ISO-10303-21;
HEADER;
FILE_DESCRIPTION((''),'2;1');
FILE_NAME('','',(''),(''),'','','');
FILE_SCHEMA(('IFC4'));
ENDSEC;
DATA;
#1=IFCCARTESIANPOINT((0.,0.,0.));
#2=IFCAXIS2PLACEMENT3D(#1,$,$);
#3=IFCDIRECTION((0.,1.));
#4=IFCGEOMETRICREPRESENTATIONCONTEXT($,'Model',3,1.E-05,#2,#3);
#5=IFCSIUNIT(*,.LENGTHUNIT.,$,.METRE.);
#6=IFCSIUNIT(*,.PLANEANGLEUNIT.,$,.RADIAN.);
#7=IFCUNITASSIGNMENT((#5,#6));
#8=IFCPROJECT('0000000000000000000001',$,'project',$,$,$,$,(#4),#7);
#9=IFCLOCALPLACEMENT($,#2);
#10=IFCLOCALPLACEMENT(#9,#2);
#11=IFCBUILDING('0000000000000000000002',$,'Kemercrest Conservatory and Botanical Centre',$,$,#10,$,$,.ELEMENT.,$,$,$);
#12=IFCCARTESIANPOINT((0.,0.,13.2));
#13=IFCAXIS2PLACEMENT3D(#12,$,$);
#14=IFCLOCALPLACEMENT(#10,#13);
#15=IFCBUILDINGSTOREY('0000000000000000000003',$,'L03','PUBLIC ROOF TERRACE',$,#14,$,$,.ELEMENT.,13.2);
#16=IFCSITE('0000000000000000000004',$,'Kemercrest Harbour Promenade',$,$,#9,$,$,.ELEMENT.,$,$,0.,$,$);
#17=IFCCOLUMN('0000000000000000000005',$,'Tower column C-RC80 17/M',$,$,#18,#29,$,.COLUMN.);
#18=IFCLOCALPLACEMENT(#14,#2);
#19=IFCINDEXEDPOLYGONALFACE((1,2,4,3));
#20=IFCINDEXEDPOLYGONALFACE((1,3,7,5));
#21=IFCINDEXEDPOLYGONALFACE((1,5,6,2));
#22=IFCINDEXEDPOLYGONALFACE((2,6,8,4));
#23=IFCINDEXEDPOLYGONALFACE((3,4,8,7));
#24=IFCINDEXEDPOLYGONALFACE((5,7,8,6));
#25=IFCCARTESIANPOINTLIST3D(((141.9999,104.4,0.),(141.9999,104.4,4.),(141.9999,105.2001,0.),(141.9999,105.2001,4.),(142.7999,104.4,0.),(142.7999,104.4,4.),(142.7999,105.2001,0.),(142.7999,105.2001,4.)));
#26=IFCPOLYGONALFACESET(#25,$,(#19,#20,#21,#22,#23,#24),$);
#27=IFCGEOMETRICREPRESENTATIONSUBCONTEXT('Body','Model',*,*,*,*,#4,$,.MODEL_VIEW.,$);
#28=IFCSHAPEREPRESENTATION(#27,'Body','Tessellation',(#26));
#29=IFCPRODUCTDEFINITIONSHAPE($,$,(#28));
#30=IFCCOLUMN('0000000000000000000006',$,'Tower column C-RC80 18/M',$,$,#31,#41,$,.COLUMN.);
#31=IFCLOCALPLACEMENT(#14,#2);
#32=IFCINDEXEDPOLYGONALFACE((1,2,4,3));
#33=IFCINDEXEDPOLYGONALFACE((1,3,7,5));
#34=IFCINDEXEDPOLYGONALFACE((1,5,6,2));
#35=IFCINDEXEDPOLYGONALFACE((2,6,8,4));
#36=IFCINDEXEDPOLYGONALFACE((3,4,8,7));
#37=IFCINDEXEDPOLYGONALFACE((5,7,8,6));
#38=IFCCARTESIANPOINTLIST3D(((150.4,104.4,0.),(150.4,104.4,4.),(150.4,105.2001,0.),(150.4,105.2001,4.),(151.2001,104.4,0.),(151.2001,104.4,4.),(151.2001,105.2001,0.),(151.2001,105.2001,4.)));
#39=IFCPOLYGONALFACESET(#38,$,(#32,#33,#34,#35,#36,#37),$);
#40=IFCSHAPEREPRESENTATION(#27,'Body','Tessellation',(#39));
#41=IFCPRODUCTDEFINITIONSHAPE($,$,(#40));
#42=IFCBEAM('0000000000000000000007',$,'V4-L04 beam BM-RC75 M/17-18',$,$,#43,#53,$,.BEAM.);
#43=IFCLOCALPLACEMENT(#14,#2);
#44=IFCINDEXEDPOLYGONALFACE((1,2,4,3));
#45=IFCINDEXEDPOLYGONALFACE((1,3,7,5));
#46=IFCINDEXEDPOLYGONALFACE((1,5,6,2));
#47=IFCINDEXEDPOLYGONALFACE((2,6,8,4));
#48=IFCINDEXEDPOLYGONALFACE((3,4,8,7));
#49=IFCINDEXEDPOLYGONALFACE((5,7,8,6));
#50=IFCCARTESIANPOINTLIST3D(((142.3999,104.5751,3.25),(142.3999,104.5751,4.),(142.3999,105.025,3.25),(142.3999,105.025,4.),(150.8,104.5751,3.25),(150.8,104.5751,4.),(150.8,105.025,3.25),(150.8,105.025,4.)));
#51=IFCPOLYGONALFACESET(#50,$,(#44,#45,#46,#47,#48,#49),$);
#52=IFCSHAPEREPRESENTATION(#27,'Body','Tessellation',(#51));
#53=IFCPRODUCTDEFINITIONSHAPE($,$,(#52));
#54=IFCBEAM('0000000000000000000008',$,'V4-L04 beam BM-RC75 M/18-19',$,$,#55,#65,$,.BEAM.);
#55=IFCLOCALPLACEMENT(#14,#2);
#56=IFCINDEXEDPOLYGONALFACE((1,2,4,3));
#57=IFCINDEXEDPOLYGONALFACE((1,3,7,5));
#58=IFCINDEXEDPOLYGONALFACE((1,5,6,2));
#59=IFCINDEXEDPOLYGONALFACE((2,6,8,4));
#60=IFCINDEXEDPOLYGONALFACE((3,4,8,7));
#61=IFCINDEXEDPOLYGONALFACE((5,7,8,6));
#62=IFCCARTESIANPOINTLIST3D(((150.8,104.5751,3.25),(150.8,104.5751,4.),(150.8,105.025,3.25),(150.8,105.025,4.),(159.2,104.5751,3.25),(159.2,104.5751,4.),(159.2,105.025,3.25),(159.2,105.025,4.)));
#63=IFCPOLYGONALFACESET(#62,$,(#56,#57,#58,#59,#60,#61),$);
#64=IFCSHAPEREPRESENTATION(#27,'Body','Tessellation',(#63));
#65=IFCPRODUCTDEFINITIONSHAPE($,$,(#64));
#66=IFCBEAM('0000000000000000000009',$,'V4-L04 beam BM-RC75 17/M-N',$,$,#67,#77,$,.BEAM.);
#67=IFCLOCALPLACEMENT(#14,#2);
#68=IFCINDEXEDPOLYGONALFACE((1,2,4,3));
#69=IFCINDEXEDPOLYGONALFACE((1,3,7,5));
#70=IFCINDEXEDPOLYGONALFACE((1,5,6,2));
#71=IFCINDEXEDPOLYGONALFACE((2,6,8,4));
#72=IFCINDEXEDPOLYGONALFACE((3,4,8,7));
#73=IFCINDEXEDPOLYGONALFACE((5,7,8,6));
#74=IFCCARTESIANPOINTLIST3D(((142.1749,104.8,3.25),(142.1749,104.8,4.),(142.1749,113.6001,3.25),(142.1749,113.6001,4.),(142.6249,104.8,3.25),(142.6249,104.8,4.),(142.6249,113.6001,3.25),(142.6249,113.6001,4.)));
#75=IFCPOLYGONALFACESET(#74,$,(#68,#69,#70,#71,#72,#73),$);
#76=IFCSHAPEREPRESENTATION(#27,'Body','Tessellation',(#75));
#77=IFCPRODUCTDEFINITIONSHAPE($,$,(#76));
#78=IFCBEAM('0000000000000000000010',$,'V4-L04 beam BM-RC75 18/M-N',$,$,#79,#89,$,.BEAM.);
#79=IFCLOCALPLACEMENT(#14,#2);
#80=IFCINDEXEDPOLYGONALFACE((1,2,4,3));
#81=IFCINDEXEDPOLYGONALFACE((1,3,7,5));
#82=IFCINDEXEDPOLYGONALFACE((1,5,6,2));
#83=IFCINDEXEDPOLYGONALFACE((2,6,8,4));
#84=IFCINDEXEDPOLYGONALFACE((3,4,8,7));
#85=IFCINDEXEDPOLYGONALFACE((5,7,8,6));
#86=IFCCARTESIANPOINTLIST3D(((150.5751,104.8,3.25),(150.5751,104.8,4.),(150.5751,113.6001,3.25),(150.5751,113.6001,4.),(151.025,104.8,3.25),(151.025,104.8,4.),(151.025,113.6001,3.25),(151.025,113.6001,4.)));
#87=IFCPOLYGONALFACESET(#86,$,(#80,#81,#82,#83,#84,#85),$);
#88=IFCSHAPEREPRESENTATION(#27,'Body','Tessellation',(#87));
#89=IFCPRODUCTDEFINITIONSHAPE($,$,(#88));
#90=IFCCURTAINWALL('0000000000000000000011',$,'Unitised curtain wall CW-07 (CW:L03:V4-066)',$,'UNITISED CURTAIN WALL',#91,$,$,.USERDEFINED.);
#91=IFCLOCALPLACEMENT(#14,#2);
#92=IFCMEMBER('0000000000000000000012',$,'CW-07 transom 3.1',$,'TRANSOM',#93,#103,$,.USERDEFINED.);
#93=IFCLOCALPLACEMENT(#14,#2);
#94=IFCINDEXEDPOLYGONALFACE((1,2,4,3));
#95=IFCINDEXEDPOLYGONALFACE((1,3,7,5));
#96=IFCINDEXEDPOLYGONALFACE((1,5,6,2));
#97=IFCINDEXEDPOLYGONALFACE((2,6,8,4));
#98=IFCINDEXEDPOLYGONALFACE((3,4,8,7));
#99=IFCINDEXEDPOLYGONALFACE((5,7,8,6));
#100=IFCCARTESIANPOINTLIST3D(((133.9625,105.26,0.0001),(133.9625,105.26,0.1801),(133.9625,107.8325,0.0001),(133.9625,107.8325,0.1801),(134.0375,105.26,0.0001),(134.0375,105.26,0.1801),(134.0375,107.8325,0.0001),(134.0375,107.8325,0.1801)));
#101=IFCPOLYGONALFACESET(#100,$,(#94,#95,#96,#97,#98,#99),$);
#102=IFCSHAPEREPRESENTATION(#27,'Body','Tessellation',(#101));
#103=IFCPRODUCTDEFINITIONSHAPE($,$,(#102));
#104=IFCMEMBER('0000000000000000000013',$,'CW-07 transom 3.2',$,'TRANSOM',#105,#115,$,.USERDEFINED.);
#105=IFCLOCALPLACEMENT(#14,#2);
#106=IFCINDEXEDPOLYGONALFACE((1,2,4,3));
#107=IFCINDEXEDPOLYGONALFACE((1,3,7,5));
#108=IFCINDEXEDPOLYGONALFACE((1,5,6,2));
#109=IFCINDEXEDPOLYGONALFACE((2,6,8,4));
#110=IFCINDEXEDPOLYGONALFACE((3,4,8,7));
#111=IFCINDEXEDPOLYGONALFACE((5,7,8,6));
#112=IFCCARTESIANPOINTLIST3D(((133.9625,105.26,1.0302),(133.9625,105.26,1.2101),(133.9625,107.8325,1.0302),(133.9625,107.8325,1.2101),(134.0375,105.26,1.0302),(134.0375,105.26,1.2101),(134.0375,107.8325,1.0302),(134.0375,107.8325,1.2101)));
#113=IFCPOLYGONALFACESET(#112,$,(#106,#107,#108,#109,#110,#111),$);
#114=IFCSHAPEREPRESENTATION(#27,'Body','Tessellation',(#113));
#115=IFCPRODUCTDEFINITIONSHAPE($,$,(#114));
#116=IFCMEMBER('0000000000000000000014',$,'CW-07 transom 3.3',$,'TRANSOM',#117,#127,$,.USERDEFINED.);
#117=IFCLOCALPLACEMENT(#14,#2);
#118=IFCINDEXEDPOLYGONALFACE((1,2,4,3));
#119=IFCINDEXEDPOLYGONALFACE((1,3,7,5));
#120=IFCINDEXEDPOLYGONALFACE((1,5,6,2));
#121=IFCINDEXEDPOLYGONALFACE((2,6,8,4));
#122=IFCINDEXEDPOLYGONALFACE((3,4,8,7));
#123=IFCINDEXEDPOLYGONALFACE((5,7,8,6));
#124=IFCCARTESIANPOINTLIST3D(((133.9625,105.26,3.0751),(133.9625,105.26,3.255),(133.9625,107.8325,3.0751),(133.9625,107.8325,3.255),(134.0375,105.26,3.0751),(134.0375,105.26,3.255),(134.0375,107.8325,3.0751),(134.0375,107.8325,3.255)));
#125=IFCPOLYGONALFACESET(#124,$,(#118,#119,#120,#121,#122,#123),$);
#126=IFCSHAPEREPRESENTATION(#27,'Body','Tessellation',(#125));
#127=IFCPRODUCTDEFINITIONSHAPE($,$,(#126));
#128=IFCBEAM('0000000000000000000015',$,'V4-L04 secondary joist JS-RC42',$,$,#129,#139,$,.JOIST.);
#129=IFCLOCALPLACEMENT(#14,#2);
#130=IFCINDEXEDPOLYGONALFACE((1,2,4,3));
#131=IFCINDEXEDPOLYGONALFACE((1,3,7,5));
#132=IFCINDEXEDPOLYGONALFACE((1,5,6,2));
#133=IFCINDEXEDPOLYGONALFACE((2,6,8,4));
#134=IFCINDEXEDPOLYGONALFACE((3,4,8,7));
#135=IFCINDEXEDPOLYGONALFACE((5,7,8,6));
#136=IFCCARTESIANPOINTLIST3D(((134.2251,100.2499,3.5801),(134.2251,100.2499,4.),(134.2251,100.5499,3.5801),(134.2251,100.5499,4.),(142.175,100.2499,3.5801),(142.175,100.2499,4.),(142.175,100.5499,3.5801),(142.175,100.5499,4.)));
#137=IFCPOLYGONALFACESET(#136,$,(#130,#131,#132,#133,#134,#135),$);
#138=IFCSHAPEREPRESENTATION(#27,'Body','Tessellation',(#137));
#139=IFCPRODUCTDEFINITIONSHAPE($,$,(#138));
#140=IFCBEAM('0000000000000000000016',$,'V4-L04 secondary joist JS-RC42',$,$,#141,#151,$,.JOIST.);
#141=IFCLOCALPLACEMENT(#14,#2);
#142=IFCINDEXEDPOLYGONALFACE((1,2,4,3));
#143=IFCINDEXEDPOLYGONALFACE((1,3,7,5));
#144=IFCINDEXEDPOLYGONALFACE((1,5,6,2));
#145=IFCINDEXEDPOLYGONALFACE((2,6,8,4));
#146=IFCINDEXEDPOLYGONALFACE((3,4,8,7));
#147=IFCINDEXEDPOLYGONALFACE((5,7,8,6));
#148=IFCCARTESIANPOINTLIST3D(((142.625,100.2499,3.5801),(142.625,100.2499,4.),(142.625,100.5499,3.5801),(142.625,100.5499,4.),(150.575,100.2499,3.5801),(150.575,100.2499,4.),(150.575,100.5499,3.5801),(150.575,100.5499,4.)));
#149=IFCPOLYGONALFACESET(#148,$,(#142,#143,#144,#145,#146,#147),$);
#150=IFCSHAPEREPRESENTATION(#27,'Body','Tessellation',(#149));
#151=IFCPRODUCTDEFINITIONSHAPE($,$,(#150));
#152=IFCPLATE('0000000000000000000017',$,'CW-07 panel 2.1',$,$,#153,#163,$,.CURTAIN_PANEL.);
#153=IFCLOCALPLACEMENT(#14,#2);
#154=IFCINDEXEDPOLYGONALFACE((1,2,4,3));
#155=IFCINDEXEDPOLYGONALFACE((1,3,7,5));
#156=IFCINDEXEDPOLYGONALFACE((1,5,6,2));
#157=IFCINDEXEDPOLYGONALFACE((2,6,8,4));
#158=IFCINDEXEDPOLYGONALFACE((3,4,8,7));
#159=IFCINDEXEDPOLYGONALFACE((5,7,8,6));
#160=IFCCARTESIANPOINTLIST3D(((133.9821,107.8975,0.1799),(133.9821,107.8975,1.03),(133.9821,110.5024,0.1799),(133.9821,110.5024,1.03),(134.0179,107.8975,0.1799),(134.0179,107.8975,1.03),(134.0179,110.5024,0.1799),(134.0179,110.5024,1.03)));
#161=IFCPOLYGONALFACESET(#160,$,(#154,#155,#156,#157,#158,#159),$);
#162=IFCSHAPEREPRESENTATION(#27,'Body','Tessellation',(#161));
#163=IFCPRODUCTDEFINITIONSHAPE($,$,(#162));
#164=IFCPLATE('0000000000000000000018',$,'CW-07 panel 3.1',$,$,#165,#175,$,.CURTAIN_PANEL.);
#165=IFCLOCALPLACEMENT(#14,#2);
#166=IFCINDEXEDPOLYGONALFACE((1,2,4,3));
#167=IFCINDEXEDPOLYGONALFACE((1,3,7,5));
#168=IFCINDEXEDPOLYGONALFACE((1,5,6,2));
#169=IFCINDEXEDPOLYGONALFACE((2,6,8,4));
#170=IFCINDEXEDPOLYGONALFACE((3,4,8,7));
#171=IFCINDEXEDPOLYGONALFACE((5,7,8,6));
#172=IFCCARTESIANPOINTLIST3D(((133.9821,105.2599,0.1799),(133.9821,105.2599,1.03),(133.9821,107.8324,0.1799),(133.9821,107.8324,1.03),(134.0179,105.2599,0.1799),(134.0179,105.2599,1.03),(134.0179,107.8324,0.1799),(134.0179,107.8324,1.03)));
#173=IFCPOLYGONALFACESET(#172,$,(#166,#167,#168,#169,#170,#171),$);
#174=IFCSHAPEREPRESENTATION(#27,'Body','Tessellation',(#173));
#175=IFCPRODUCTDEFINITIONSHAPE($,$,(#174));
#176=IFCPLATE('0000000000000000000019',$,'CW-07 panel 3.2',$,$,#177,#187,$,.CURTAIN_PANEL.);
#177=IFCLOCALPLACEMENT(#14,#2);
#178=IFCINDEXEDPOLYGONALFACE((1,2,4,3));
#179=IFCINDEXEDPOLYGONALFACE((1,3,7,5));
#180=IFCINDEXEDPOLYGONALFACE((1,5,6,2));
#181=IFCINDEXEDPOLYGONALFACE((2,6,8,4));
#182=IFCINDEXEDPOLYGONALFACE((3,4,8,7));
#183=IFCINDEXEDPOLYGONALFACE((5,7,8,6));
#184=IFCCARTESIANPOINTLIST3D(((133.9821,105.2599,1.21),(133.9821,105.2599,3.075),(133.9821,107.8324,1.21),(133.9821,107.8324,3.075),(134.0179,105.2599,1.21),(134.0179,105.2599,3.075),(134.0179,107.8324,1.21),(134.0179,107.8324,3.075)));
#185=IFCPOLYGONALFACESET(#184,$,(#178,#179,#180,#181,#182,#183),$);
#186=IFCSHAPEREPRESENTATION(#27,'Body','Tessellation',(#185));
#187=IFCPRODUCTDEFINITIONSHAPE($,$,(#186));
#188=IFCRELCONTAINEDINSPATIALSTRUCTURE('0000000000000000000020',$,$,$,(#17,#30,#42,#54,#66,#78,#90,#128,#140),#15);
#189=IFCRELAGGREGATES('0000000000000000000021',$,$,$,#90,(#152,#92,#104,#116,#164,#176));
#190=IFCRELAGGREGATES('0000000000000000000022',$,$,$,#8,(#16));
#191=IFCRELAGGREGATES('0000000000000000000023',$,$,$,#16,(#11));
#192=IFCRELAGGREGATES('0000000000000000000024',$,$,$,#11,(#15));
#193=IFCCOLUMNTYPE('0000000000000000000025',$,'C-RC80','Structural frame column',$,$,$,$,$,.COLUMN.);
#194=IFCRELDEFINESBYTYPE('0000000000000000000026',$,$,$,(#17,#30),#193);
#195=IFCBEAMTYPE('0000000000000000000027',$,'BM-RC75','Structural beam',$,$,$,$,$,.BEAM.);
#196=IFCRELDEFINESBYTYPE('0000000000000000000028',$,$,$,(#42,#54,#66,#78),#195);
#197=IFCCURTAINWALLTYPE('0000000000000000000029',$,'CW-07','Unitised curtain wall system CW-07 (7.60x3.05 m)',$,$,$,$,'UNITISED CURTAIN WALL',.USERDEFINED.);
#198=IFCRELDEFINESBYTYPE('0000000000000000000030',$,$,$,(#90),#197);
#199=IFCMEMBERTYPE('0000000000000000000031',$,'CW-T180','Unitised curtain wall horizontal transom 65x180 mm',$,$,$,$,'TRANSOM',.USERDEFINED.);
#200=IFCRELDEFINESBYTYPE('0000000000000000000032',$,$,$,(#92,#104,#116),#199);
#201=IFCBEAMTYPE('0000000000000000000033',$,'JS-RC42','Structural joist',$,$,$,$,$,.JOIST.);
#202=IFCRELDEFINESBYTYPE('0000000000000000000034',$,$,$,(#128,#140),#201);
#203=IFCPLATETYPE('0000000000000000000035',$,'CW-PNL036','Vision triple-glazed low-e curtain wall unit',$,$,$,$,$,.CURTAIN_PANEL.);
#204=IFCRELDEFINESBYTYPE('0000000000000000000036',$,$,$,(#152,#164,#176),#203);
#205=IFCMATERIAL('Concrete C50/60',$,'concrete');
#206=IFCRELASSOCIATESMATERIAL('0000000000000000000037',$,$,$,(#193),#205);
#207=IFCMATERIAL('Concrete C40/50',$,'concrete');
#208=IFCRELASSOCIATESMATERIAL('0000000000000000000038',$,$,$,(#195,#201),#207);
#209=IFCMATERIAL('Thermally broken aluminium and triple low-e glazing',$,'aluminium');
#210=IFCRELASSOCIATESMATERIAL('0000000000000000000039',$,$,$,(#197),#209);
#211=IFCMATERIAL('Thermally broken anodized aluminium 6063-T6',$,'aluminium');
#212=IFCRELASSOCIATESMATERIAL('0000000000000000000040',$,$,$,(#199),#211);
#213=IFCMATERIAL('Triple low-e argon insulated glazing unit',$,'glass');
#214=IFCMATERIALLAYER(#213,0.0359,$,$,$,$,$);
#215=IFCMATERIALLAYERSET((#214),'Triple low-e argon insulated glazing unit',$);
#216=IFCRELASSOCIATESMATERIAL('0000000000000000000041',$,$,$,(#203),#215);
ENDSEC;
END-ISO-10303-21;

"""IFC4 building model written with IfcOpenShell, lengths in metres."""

from ifc_helpers import new_model, si_unit, direction, frame, origin, origin_2d, place, context, subcontext, project, spatial, rectangle, extrude, material, layer, layer_set, material_profile, profile_set, type_object, element, aggregate, save


model = new_model("IFC4")

# Units and contexts
model_context = context("Model", 3, precision=1e-05, world=origin(), true_north=direction((0.0, 1.0)))
body_context = subcontext(model_context, "Body", "Model", "MODEL_VIEW")
ifc_project = project(units=[si_unit("LENGTHUNIT", "METRE"), si_unit("PLANEANGLEUNIT", "RADIAN")], contexts=[model_context])

# Site, building, storey
site_placement = place(None, origin())
site = spatial("IfcSite", under=ifc_project, at=site_placement, Name="Kemercrest Harbour Promenade", CompositionType="ELEMENT", RefElevation=0.0)
building_placement = place(site_placement, origin())
building = spatial("IfcBuilding", under=site, at=building_placement, Name="Kemercrest Conservatory and Botanical Centre", CompositionType="ELEMENT")
storey_placement = place(building_placement, frame((0.0, 0.0, 13.2)))
storey = spatial("IfcBuildingStorey", under=building, at=storey_placement, Name="L03", Description="PUBLIC ROOF TERRACE", CompositionType="ELEMENT", Elevation=13.2)

# Columns
ifc_material_1 = material(Name="Concrete C50/60", Category="concrete")
ifc_material_profile_1 = material_profile(ifc_material_1, rectangle(XDim=0.8, YDim=0.8, at=origin_2d()), Name="RC 800x800")
ifc_profile_set_1 = profile_set([ifc_material_profile_1], Name="Concrete C50/60")
column_type = type_object("IfcColumnType", Name="C-RC80", Description="Structural frame column", PredefinedType="COLUMN", material=ifc_profile_set_1)
for number, where, z_axis, x_axis, name in (
    (1, (142.3999, 104.8, 0.0), (0.0, 0.0, 1.0), (1.0, 0.0, 0.0), "Tower column C-RC80 17/M"),
    (2, (150.8, 104.8, 0.0), (0.0, 0.0, 1.0), (1.0, 0.0, 0.0), "Tower column C-RC80 18/M"),
):
    element("IfcColumn", number, at=place(storey_placement, frame(where, z_axis=z_axis, x_axis=x_axis)), inside=storey, type_object=column_type, Name=name, PredefinedType="COLUMN", context=body_context, shape_type="SweptSolid", body=[
        extrude(rectangle(XDim=0.8, YDim=0.8, at=origin_2d()), origin(), (0.0, 0.0, 1.0), 4.0),
    ])

# Beams
ifc_material_2 = material(Name="Concrete C40/50", Category="concrete")
ifc_material_profile_2 = material_profile(ifc_material_2, rectangle(XDim=0.45, YDim=0.75, at=origin_2d()), Name="RC 450x750")
ifc_profile_set_2 = profile_set([ifc_material_profile_2], Name="Concrete C40/50")
beam_type_1 = type_object("IfcBeamType", Name="BM-RC75", Description="Structural beam", PredefinedType="BEAM", material=ifc_profile_set_2)
beam_1_placement = place(storey_placement, frame((142.3999, 104.8, 3.625), z_axis=(1.0, 0.0, 0.0), x_axis=(0.0, 1.0, 0.0)))
element("IfcBeam", 3, at=beam_1_placement, inside=storey, type_object=beam_type_1, Name="V4-L04 beam BM-RC75 M/17-18", PredefinedType="BEAM", context=body_context, shape_type="SweptSolid", body=[
    extrude(rectangle(XDim=0.45, YDim=0.75, at=origin_2d()), origin(), (0.0, 0.0, 1.0), 8.4001),
])
beam_2_placement = place(storey_placement, frame((150.8, 104.8, 3.625), z_axis=(1.0, 0.0, 0.0), x_axis=(0.0, 1.0, 0.0)))
element("IfcBeam", 4, at=beam_2_placement, inside=storey, type_object=beam_type_1, Name="V4-L04 beam BM-RC75 M/18-19", PredefinedType="BEAM", context=body_context, shape_type="SweptSolid", body=[
    extrude(rectangle(XDim=0.45, YDim=0.75, at=origin_2d()), origin(), (0.0, 0.0, 1.0), 8.3999),
])
for number, where, z_axis, x_axis, name in (
    (5, (142.3999, 104.8, 3.625), (0.0, 1.0, 0.0), (-1.0, 0.0, 0.0), "V4-L04 beam BM-RC75 17/M-N"),
    (6, (150.8, 104.8, 3.625), (0.0, 1.0, 0.0), (-1.0, 0.0, 0.0), "V4-L04 beam BM-RC75 18/M-N"),
):
    element("IfcBeam", number, at=place(storey_placement, frame(where, z_axis=z_axis, x_axis=x_axis)), inside=storey, type_object=beam_type_1, Name=name, PredefinedType="BEAM", context=body_context, shape_type="SweptSolid", body=[
        extrude(rectangle(XDim=0.45, YDim=0.75, at=origin_2d()), origin(), (0.0, 0.0, 1.0), 8.8),
    ])

# Curtain wall, members
ifc_material_3 = material(Name="Thermally broken aluminium and triple low-e glazing", Category="aluminium")
curtain_wall_type = type_object("IfcCurtainWallType", Name="CW-07", Description="Unitised curtain wall system CW-07 (7.60x3.05 m)", ElementType="UNITISED CURTAIN WALL", PredefinedType="USERDEFINED", material=ifc_material_3)
curtain_wall_placement = place(storey_placement, origin())
curtain_wall = element("IfcCurtainWall", 7, at=curtain_wall_placement, inside=storey, type_object=curtain_wall_type, Name="Unitised curtain wall CW-07 (CW:L03:V4-066)", ObjectType="UNITISED CURTAIN WALL", PredefinedType="USERDEFINED")
ifc_material_4 = material(Name="Thermally broken anodized aluminium 6063-T6", Category="aluminium")
ifc_material_profile_3 = material_profile(ifc_material_4, rectangle(XDim=0.075, YDim=0.1799, at=origin_2d()), Name="AL TRANSOM 75x180")
ifc_profile_set_3 = profile_set([ifc_material_profile_3], Name="Thermally broken anodized aluminium 6063-T6")
member_type = type_object("IfcMemberType", Name="CW-T180", Description="Unitised curtain wall horizontal transom 65x180 mm", ElementType="TRANSOM", PredefinedType="USERDEFINED", material=ifc_profile_set_3)
member_1_placement = place(storey_placement, frame((134.0, 107.8325, 0.0901), z_axis=(0.0, -1.0, 0.0), x_axis=(1.0, 0.0, 0.0)))
member_1 = element("IfcMember", 8, at=member_1_placement, type_object=member_type, Name="CW-07 transom 3.1", ObjectType="TRANSOM", PredefinedType="USERDEFINED", context=body_context, shape_type="SweptSolid", body=[
    extrude(rectangle(XDim=0.075, YDim=0.1799, at=origin_2d()), origin(), (0.0, 0.0, 1.0), 2.5725),
])
member_2_placement = place(storey_placement, frame((134.0, 107.8325, 1.1201), z_axis=(0.0, -1.0, 0.0), x_axis=(1.0, 0.0, 0.0)))
member_2 = element("IfcMember", 9, at=member_2_placement, type_object=member_type, Name="CW-07 transom 3.2", ObjectType="TRANSOM", PredefinedType="USERDEFINED", context=body_context, shape_type="SweptSolid", body=[
    extrude(rectangle(XDim=0.075, YDim=0.1799, at=origin_2d()), origin(), (0.0, 0.0, 1.0), 2.5725),
])
member_3_placement = place(storey_placement, frame((134.0, 107.8325, 3.165), z_axis=(0.0, -1.0, 0.0), x_axis=(1.0, 0.0, 0.0)))
member_3 = element("IfcMember", 10, at=member_3_placement, type_object=member_type, Name="CW-07 transom 3.3", ObjectType="TRANSOM", PredefinedType="USERDEFINED", context=body_context, shape_type="SweptSolid", body=[
    extrude(rectangle(XDim=0.075, YDim=0.1799, at=origin_2d()), origin(), (0.0, 0.0, 1.0), 2.5725),
])

# Beams
ifc_material_profile_4 = material_profile(ifc_material_2, rectangle(XDim=0.3, YDim=0.4199, at=origin_2d()), Name="RC 300x420")
ifc_profile_set_4 = profile_set([ifc_material_profile_4], Name="Concrete C40/50")
beam_type_2 = type_object("IfcBeamType", Name="JS-RC42", Description="Structural joist", PredefinedType="JOIST", material=ifc_profile_set_4)
for number, where, z_axis, x_axis, name in (
    (11, (134.2251, 100.3999, 3.79), (1.0, 0.0, 0.0), (0.0, 1.0, 0.0), "V4-L04 secondary joist JS-RC42"),
    (12, (142.625, 100.3999, 3.79), (1.0, 0.0, 0.0), (0.0, 1.0, 0.0), "V4-L04 secondary joist JS-RC42"),
):
    element("IfcBeam", number, at=place(storey_placement, frame(where, z_axis=z_axis, x_axis=x_axis)), inside=storey, type_object=beam_type_2, Name=name, PredefinedType="JOIST", context=body_context, shape_type="SweptSolid", body=[
        extrude(rectangle(XDim=0.3, YDim=0.4199, at=origin_2d()), origin(), (0.0, 0.0, 1.0), 7.95),
    ])

# Plates
ifc_material_5 = material(Name="Triple low-e argon insulated glazing unit", Category="glass")
ifc_layer_1 = layer(ifc_material_5, 0.0359)
ifc_layer_set_1 = layer_set([ifc_layer_1], Name="Triple low-e argon insulated glazing unit")
plate_type = type_object("IfcPlateType", Name="CW-PNL036", Description="Vision triple-glazed low-e curtain wall unit", PredefinedType="CURTAIN_PANEL", material=ifc_layer_set_1)
plate_1_placement = place(storey_placement, frame((134.0, 109.2, 0.1799), z_axis=(0.0, 0.0, 1.0), x_axis=(0.0, -1.0, 0.0)))
plate_1 = element("IfcPlate", 13, at=plate_1_placement, type_object=plate_type, Name="CW-07 panel 2.1", PredefinedType="CURTAIN_PANEL", context=body_context, shape_type="SweptSolid", body=[
    extrude(rectangle(XDim=2.605, YDim=0.0359, at=origin_2d()), origin(), (0.0, 0.0, 1.0), 0.8501),
])
plate_2_placement = place(storey_placement, frame((134.0, 106.5461, 0.1799), z_axis=(0.0, 0.0, 1.0), x_axis=(0.0, -1.0, 0.0)))
plate_2 = element("IfcPlate", 14, at=plate_2_placement, type_object=plate_type, Name="CW-07 panel 3.1", PredefinedType="CURTAIN_PANEL", context=body_context, shape_type="SweptSolid", body=[
    extrude(rectangle(XDim=2.5725, YDim=0.0359, at=origin_2d()), origin(), (0.0, 0.0, 1.0), 0.8501),
])
plate_3_placement = place(storey_placement, frame((134.0, 106.5461, 1.21), z_axis=(0.0, 0.0, 1.0), x_axis=(0.0, -1.0, 0.0)))
plate_3 = element("IfcPlate", 15, at=plate_3_placement, type_object=plate_type, Name="CW-07 panel 3.2", PredefinedType="CURTAIN_PANEL", context=body_context, shape_type="SweptSolid", body=[
    extrude(rectangle(XDim=2.5725, YDim=0.0359, at=origin_2d()), origin(), (0.0, 0.0, 1.0), 1.865),
])
aggregate(curtain_wall, [plate_1, member_1, member_2, member_3, plate_2, plate_3])

save(model, "model.ifc")
